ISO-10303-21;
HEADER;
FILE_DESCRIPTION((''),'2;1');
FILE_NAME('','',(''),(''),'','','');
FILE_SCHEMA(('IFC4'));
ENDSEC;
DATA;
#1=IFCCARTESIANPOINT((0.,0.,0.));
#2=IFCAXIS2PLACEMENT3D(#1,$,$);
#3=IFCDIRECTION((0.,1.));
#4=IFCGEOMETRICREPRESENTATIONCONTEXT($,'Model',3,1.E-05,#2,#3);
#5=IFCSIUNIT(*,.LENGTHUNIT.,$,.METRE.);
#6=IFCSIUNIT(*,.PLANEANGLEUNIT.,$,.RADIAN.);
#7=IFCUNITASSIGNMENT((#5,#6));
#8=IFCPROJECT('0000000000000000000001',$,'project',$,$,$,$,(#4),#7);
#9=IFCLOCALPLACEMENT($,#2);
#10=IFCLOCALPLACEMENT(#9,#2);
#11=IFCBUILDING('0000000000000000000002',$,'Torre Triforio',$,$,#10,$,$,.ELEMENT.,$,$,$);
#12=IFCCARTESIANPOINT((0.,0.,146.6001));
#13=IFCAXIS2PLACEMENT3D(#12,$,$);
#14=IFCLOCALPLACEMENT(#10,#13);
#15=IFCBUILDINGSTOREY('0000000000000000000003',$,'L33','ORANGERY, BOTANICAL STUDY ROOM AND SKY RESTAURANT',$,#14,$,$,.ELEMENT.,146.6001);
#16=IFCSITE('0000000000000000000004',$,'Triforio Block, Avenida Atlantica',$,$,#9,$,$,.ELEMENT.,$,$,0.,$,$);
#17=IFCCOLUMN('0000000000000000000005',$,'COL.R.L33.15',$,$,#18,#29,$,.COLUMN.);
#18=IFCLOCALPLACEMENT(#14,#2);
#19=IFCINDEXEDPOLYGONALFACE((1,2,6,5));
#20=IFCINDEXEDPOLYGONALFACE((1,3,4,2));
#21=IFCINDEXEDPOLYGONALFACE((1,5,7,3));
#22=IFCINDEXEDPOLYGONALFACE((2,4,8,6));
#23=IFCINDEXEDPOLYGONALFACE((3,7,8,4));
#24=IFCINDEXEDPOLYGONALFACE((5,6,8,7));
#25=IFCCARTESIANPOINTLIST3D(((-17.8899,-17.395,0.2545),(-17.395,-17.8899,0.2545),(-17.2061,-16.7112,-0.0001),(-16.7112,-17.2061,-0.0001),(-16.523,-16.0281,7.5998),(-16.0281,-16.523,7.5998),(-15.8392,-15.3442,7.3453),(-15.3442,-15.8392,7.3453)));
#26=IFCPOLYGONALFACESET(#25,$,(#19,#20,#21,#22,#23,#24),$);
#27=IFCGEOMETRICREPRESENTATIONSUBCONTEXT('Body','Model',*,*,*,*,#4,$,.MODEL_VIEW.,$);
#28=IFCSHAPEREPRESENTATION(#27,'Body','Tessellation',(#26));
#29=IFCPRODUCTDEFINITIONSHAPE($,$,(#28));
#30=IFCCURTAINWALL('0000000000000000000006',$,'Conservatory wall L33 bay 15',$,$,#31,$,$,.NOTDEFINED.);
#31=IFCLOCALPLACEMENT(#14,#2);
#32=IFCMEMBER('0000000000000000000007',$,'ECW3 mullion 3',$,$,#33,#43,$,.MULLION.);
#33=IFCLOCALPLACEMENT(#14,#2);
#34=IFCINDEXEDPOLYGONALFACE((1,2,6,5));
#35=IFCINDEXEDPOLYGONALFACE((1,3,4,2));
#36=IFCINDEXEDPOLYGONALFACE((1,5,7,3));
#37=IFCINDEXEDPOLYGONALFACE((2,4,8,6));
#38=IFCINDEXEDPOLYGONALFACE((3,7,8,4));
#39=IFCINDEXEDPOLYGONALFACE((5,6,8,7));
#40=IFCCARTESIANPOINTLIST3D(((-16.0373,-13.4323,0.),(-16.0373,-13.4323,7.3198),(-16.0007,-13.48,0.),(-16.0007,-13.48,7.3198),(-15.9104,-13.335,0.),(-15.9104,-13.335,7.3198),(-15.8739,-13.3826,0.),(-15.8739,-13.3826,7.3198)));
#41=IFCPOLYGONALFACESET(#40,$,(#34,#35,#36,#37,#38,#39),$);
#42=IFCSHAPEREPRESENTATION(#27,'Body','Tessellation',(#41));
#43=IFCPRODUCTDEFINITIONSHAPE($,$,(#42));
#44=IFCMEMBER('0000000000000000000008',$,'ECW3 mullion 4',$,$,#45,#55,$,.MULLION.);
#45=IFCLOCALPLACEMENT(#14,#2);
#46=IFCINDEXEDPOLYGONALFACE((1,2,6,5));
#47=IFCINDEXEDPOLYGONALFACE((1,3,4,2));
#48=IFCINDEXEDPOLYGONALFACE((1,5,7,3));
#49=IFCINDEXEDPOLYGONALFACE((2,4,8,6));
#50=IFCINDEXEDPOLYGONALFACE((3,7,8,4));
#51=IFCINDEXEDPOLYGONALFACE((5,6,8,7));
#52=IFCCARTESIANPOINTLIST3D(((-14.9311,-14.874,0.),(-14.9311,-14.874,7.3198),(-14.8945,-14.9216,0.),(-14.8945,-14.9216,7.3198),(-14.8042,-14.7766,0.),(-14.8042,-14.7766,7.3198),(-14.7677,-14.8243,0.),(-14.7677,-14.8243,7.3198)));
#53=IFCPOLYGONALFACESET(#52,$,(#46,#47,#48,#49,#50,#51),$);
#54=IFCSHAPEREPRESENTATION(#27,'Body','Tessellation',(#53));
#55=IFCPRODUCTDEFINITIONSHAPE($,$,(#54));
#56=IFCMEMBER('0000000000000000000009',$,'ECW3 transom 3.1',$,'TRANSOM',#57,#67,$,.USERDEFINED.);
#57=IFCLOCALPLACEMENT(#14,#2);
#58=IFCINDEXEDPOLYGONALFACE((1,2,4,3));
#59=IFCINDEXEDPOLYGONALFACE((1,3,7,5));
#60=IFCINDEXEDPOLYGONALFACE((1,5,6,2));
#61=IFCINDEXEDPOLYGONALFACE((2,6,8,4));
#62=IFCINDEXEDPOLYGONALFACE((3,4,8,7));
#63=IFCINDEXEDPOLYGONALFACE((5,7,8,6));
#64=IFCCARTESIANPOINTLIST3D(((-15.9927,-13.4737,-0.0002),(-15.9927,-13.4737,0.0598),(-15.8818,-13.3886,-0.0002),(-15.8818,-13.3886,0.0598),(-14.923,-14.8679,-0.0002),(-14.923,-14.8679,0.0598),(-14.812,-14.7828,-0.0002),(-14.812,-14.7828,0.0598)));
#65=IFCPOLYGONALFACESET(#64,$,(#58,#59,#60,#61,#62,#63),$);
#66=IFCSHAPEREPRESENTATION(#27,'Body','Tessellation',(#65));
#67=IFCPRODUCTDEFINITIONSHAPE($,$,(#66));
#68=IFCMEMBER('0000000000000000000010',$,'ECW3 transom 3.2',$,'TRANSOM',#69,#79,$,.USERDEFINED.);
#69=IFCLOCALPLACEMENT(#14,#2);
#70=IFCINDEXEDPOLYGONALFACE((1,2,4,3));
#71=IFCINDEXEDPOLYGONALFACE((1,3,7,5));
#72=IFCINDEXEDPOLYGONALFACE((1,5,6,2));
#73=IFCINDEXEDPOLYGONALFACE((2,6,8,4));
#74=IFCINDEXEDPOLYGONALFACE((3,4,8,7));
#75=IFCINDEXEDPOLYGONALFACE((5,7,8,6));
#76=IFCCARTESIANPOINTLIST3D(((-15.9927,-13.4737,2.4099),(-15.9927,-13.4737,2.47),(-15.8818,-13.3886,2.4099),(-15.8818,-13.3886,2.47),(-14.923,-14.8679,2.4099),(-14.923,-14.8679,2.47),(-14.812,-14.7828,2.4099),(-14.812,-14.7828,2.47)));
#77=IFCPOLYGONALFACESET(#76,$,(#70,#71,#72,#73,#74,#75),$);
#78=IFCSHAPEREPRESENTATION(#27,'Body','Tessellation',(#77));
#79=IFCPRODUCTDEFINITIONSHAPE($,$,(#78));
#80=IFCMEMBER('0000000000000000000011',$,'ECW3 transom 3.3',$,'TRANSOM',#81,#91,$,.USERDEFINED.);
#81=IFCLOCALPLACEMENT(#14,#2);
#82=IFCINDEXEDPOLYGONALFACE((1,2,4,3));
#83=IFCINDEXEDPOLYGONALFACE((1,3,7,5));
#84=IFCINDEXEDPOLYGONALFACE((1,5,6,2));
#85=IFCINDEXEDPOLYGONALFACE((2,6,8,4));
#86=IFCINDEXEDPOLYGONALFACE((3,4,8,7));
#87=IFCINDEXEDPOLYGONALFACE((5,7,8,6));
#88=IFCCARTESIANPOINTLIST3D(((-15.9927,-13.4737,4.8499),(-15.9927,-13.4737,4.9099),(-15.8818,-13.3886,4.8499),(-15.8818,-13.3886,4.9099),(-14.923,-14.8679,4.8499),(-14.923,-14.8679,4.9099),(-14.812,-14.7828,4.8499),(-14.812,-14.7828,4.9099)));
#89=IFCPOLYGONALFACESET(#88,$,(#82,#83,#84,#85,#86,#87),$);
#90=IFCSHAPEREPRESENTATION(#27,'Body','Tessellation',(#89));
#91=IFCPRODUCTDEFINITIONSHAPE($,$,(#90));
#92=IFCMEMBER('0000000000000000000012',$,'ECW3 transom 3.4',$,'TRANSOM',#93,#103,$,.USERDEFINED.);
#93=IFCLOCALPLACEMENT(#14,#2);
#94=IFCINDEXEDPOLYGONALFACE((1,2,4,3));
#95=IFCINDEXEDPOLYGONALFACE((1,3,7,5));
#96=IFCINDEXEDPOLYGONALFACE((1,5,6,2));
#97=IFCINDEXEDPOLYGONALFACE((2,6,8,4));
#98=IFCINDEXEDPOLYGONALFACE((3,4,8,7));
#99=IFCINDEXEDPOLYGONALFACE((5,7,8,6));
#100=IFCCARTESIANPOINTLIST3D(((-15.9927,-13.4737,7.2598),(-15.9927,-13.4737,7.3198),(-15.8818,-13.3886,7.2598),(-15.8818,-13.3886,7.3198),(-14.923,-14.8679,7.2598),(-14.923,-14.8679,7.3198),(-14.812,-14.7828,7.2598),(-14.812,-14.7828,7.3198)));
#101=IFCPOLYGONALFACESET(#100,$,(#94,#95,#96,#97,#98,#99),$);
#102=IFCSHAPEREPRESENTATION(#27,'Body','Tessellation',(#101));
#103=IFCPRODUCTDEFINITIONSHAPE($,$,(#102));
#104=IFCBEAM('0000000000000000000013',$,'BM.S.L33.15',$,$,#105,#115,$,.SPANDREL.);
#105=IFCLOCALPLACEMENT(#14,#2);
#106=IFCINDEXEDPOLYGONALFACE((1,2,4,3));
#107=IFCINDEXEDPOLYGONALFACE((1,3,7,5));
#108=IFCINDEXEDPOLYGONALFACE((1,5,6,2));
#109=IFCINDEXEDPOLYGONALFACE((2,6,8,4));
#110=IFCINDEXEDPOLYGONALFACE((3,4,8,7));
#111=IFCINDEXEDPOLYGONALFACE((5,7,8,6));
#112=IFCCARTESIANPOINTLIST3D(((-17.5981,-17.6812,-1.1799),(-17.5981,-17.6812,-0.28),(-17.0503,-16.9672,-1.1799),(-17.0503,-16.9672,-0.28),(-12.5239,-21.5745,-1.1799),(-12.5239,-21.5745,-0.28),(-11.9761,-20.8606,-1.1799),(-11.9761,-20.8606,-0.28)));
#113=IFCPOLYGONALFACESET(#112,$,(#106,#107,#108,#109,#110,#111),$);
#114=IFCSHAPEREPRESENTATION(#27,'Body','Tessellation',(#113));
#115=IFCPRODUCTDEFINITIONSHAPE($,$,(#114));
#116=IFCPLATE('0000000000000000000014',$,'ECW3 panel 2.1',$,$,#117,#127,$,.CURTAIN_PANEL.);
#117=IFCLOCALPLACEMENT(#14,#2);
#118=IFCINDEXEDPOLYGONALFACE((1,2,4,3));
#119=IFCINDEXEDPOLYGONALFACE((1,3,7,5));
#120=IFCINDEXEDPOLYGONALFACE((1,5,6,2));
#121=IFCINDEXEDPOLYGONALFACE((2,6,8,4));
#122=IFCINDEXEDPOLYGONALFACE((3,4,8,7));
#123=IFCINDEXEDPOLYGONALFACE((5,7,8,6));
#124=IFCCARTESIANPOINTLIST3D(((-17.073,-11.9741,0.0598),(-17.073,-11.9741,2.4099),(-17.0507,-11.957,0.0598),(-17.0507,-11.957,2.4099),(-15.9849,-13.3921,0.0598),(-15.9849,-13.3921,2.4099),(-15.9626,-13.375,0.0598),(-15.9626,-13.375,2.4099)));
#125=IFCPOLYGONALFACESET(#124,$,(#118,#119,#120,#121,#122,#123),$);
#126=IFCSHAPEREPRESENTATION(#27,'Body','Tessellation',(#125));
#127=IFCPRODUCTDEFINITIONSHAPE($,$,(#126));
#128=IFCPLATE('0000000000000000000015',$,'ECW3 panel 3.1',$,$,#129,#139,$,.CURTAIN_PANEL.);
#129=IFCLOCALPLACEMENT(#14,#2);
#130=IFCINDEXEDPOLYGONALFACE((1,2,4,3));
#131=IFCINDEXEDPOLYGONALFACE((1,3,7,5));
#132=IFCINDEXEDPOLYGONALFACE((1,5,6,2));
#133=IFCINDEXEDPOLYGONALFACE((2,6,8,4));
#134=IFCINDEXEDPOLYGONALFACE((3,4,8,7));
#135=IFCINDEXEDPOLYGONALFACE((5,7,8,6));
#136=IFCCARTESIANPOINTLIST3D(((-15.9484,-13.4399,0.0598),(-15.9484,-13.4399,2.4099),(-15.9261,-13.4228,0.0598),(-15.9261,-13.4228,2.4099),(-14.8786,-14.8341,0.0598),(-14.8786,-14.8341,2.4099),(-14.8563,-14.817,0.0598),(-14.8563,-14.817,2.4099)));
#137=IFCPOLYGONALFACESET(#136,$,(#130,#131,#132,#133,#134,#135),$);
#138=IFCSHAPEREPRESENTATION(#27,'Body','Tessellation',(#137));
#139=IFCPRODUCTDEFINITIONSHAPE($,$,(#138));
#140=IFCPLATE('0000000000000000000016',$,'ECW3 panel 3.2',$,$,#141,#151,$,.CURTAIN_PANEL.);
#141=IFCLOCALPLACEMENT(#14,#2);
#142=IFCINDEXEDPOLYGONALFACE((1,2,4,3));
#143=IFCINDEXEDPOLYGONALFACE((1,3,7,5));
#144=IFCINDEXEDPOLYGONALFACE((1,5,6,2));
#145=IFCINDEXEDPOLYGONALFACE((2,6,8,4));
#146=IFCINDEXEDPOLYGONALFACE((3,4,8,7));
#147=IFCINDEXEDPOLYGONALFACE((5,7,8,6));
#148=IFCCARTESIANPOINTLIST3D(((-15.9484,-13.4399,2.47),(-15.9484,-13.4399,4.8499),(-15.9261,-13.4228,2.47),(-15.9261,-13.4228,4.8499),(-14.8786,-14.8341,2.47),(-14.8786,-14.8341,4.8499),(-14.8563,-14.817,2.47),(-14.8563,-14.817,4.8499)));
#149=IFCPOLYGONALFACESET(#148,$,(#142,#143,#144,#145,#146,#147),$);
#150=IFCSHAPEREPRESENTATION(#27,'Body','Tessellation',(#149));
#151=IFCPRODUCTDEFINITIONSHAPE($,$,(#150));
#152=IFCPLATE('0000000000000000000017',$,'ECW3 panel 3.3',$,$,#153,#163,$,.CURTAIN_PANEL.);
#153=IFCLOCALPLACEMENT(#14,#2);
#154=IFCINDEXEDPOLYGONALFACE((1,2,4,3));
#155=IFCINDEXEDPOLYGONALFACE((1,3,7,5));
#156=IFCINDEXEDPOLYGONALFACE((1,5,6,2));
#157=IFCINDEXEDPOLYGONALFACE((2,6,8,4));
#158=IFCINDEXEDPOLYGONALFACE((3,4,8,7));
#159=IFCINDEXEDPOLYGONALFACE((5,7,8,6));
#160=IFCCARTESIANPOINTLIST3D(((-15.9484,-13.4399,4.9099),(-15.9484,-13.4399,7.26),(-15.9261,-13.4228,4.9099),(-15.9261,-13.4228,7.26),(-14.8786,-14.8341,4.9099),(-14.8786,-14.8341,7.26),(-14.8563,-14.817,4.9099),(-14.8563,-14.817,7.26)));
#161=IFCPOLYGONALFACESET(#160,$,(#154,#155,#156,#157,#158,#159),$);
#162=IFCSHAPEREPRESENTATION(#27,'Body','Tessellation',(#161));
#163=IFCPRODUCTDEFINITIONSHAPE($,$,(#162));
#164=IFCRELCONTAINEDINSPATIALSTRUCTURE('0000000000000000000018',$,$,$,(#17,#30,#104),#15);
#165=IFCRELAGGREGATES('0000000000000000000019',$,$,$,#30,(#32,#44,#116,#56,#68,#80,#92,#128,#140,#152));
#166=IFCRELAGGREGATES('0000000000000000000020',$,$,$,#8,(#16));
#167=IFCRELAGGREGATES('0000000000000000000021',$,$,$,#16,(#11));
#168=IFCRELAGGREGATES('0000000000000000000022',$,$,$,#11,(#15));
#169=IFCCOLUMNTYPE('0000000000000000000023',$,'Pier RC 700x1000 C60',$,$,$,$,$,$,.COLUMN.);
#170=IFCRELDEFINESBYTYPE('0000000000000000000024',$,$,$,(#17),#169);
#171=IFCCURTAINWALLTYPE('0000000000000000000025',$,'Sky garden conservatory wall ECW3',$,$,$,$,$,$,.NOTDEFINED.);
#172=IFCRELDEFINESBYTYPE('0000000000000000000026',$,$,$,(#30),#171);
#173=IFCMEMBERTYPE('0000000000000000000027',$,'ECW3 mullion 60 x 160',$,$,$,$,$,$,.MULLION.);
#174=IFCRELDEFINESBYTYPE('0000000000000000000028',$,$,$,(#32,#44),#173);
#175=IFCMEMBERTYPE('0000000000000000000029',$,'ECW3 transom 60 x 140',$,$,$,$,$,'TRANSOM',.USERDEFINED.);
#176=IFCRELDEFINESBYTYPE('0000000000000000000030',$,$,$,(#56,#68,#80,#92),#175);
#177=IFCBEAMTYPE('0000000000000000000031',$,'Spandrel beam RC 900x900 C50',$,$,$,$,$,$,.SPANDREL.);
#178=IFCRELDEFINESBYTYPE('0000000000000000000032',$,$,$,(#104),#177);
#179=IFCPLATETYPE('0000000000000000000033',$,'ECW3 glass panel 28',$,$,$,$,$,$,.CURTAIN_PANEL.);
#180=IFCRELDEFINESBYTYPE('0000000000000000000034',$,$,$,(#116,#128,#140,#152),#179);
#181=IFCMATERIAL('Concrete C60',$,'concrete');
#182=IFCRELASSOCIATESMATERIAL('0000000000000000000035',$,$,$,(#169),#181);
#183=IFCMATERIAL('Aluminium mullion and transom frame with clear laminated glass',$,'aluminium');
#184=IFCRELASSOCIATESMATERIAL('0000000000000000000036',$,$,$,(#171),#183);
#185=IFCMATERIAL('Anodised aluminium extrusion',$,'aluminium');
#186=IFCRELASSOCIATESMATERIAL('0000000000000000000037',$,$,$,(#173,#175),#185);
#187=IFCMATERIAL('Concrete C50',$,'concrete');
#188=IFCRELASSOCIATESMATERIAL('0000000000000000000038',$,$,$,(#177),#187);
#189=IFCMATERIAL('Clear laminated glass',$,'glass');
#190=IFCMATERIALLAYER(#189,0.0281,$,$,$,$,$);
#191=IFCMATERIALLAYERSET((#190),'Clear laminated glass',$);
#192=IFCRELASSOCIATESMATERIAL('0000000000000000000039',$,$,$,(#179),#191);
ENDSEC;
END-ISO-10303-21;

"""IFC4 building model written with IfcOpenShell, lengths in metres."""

from ifc_helpers import new_model, si_unit, direction, frame, origin, origin_2d, place, context, subcontext, project, spatial, rectangle, extrude, material, layer, layer_set, material_profile, profile_set, type_object, element, aggregate, save


model = new_model("IFC4")

# Units and contexts
model_context = context("Model", 3, precision=1e-05, world=origin(), true_north=direction((0.0, 1.0)))
body_context = subcontext(model_context, "Body", "Model", "MODEL_VIEW")
ifc_project = project(units=[si_unit("LENGTHUNIT", "METRE"), si_unit("PLANEANGLEUNIT", "RADIAN")], contexts=[model_context])

# Site, building, storey
site_placement = place(None, origin())
site = spatial("IfcSite", under=ifc_project, at=site_placement, Name="Triforio Block, Avenida Atlantica", CompositionType="ELEMENT", RefElevation=0.0)
building_placement = place(site_placement, origin())
building = spatial("IfcBuilding", under=site, at=building_placement, Name="Torre Triforio", CompositionType="ELEMENT")
storey_placement = place(building_placement, frame((0.0, 0.0, 146.6001)))
storey = spatial("IfcBuildingStorey", under=building, at=storey_placement, Name="L33", Description="ORANGERY, BOTANICAL STUDY ROOM AND SKY RESTAURANT", CompositionType="ELEMENT", Elevation=146.6001)

# Column
ifc_material_1 = material(Name="Concrete C60", Category="concrete")
ifc_material_profile_1 = material_profile(ifc_material_1, rectangle(XDim=0.7, YDim=1.0, at=origin_2d()), Name="RC 700x1000")
ifc_profile_set_1 = profile_set([ifc_material_profile_1], Name="Concrete C60")
column_type = type_object("IfcColumnType", Name="Pier RC 700x1000 C60", PredefinedType="COLUMN", material=ifc_profile_set_1)
column_placement = place(storey_placement, frame((-17.3005, -17.3005, 0.1272), z_axis=(0.179966, 0.179966, 0.96707), x_axis=(-0.707107, 0.707107, 0.0)))
element("IfcColumn", 1, at=column_placement, inside=storey, type_object=column_type, Name="COL.R.L33.15", PredefinedType="COLUMN", context=body_context, shape_type="SweptSolid", body=[
    extrude(rectangle(XDim=0.7, YDim=1.0, at=origin_2d()), origin(), (0.0, 0.0, 1.0), 7.5955),
])

# Curtain wall, members
ifc_material_2 = material(Name="Aluminium mullion and transom frame with clear laminated glass", Category="aluminium")
curtain_wall_type = type_object("IfcCurtainWallType", Name="Sky garden conservatory wall ECW3", PredefinedType="NOTDEFINED", material=ifc_material_2)
curtain_wall_placement = place(storey_placement, origin())
curtain_wall = element("IfcCurtainWall", 2, at=curtain_wall_placement, inside=storey, type_object=curtain_wall_type, Name="Conservatory wall L33 bay 15", PredefinedType="NOTDEFINED")
ifc_material_3 = material(Name="Anodised aluminium extrusion", Category="aluminium")
ifc_material_profile_2 = material_profile(ifc_material_3, rectangle(XDim=0.1599, YDim=0.0601, at=origin_2d()), Name="ECW3 MULLION 60x160")
ifc_profile_set_2 = profile_set([ifc_material_profile_2], Name="Anodised aluminium extrusion")
member_type_1 = type_object("IfcMemberType", Name="ECW3 mullion 60 x 160", PredefinedType="MULLION", material=ifc_profile_set_2)
member_1_placement = place(storey_placement, frame((-15.9556, -13.4075, 0.0), z_axis=(0.0, 0.0, 1.0), x_axis=(0.793352, 0.608763, 0.0)))
member_1 = element("IfcMember", 3, at=member_1_placement, type_object=member_type_1, Name="ECW3 mullion 3", PredefinedType="MULLION", context=body_context, shape_type="SweptSolid", body=[
    extrude(rectangle(XDim=0.1599, YDim=0.0601, at=origin_2d()), origin(), (0.0, 0.0, 1.0), 7.3198),
])
member_2_placement = place(storey_placement, frame((-14.8494, -14.8491, 0.0), z_axis=(0.0, 0.0, 1.0), x_axis=(0.793352, 0.608763, 0.0)))
member_2 = element("IfcMember", 4, at=member_2_placement, type_object=member_type_1, Name="ECW3 mullion 4", PredefinedType="MULLION", context=body_context, shape_type="SweptSolid", body=[
    extrude(rectangle(XDim=0.1599, YDim=0.0601, at=origin_2d()), origin(), (0.0, 0.0, 1.0), 7.3198),
])
ifc_material_profile_3 = material_profile(ifc_material_3, rectangle(XDim=0.1399, YDim=0.0601, at=origin_2d()), Name="ECW3 TRANSOM 60x140")
ifc_profile_set_3 = profile_set([ifc_material_profile_3], Name="Anodised aluminium extrusion")
member_type_2 = type_object("IfcMemberType", Name="ECW3 transom 60 x 140", ElementType="TRANSOM", PredefinedType="USERDEFINED", material=ifc_profile_set_3)
member_3_placement = place(storey_placement, frame((-15.9373, -13.4312, 0.0298), z_axis=(0.608744, -0.793367, 0.0), x_axis=(0.793367, 0.608744, 0.0)))
member_3 = element("IfcMember", 5, at=member_3_placement, type_object=member_type_2, Name="ECW3 transom 3.1", ObjectType="TRANSOM", PredefinedType="USERDEFINED", context=body_context, shape_type="SweptSolid", body=[
    extrude(rectangle(XDim=0.1399, YDim=0.0601, at=origin_2d()), origin(), (0.0, 0.0, 1.0), 1.7573),
])
member_4_placement = place(storey_placement, frame((-15.9373, -13.4312, 2.4399), z_axis=(0.608744, -0.793367, 0.0), x_axis=(0.793367, 0.608744, 0.0)))
member_4 = element("IfcMember", 6, at=member_4_placement, type_object=member_type_2, Name="ECW3 transom 3.2", ObjectType="TRANSOM", PredefinedType="USERDEFINED", context=body_context, shape_type="SweptSolid", body=[
    extrude(rectangle(XDim=0.1399, YDim=0.0601, at=origin_2d()), origin(), (0.0, 0.0, 1.0), 1.7573),
])
member_5_placement = place(storey_placement, frame((-15.9373, -13.4312, 4.8799), z_axis=(0.608744, -0.793367, 0.0), x_axis=(0.793367, 0.608744, 0.0)))
member_5 = element("IfcMember", 7, at=member_5_placement, type_object=member_type_2, Name="ECW3 transom 3.3", ObjectType="TRANSOM", PredefinedType="USERDEFINED", context=body_context, shape_type="SweptSolid", body=[
    extrude(rectangle(XDim=0.1399, YDim=0.0601, at=origin_2d()), origin(), (0.0, 0.0, 1.0), 1.7573),
])
member_6_placement = place(storey_placement, frame((-15.9373, -13.4312, 7.2898), z_axis=(0.608744, -0.793367, 0.0), x_axis=(0.793367, 0.608744, 0.0)))
member_6 = element("IfcMember", 8, at=member_6_placement, type_object=member_type_2, Name="ECW3 transom 3.4", ObjectType="TRANSOM", PredefinedType="USERDEFINED", context=body_context, shape_type="SweptSolid", body=[
    extrude(rectangle(XDim=0.1399, YDim=0.0601, at=origin_2d()), origin(), (0.0, 0.0, 1.0), 1.7573),
])

# Beam
ifc_material_4 = material(Name="Concrete C50", Category="concrete")
ifc_material_profile_4 = material_profile(ifc_material_4, rectangle(XDim=0.8999, YDim=0.8999, at=origin_2d()), Name="RC 900x900")
ifc_profile_set_4 = profile_set([ifc_material_profile_4], Name="Concrete C50")
beam_type = type_object("IfcBeamType", Name="Spandrel beam RC 900x900 C50", PredefinedType="SPANDREL", material=ifc_profile_set_4)
beam_placement = place(storey_placement, frame((-17.3242, -17.3242, -0.73), z_axis=(0.793374, -0.608734, 0.0), x_axis=(0.608734, 0.793374, 0.0)))
element("IfcBeam", 9, at=beam_placement, inside=storey, type_object=beam_type, Name="BM.S.L33.15", PredefinedType="SPANDREL", context=body_context, shape_type="SweptSolid", body=[
    extrude(rectangle(XDim=0.8999, YDim=0.8999, at=origin_2d()), origin(), (0.0, 0.0, 1.0), 6.3958),
])

# Plates
ifc_material_5 = material(Name="Clear laminated glass", Category="glass")
ifc_layer_1 = layer(ifc_material_5, 0.0281)
ifc_layer_set_1 = layer_set([ifc_layer_1], Name="Clear laminated glass")
plate_type = type_object("IfcPlateType", Name="ECW3 glass panel 28", PredefinedType="CURTAIN_PANEL", material=ifc_layer_set_1)
plate_1_placement = place(storey_placement, frame((-16.5178, -12.6746, 0.0598), z_axis=(0.0, 0.0, 1.0), x_axis=(0.608763, -0.793352, 0.0)))
plate_1 = element("IfcPlate", 10, at=plate_1_placement, type_object=plate_type, Name="ECW3 panel 2.1", PredefinedType="CURTAIN_PANEL", context=body_context, shape_type="SweptSolid", body=[
    extrude(rectangle(XDim=1.7874, YDim=0.0281, at=origin_2d()), origin(), (0.0, 0.0, 1.0), 2.3501),
])
plate_2_placement = place(storey_placement, frame((-15.4023, -14.1284, 0.0598), z_axis=(0.0, 0.0, 1.0), x_axis=(0.608763, -0.793352, 0.0)))
plate_2 = element("IfcPlate", 11, at=plate_2_placement, type_object=plate_type, Name="ECW3 panel 3.1", PredefinedType="CURTAIN_PANEL", context=body_context, shape_type="SweptSolid", body=[
    extrude(rectangle(XDim=1.7573, YDim=0.0281, at=origin_2d()), origin(), (0.0, 0.0, 1.0), 2.3501),
])
plate_3_placement = place(storey_placement, frame((-15.4023, -14.1284, 2.47), z_axis=(0.0, 0.0, 1.0), x_axis=(0.608763, -0.793352, 0.0)))
plate_3 = element("IfcPlate", 12, at=plate_3_placement, type_object=plate_type, Name="ECW3 panel 3.2", PredefinedType="CURTAIN_PANEL", context=body_context, shape_type="SweptSolid", body=[
    extrude(rectangle(XDim=1.7573, YDim=0.0281, at=origin_2d()), origin(), (0.0, 0.0, 1.0), 2.3799),
])
plate_4_placement = place(storey_placement, frame((-15.4023, -14.1284, 4.9099), z_axis=(0.0, 0.0, 1.0), x_axis=(0.608763, -0.793352, 0.0)))
plate_4 = element("IfcPlate", 13, at=plate_4_placement, type_object=plate_type, Name="ECW3 panel 3.3", PredefinedType="CURTAIN_PANEL", context=body_context, shape_type="SweptSolid", body=[
    extrude(rectangle(XDim=1.7573, YDim=0.0281, at=origin_2d()), origin(), (0.0, 0.0, 1.0), 2.3501),
])
aggregate(curtain_wall, [member_1, member_2, plate_1, member_3, member_4, member_5, member_6, plate_2, plate_3, plate_4])

save(model, "model.ifc")
